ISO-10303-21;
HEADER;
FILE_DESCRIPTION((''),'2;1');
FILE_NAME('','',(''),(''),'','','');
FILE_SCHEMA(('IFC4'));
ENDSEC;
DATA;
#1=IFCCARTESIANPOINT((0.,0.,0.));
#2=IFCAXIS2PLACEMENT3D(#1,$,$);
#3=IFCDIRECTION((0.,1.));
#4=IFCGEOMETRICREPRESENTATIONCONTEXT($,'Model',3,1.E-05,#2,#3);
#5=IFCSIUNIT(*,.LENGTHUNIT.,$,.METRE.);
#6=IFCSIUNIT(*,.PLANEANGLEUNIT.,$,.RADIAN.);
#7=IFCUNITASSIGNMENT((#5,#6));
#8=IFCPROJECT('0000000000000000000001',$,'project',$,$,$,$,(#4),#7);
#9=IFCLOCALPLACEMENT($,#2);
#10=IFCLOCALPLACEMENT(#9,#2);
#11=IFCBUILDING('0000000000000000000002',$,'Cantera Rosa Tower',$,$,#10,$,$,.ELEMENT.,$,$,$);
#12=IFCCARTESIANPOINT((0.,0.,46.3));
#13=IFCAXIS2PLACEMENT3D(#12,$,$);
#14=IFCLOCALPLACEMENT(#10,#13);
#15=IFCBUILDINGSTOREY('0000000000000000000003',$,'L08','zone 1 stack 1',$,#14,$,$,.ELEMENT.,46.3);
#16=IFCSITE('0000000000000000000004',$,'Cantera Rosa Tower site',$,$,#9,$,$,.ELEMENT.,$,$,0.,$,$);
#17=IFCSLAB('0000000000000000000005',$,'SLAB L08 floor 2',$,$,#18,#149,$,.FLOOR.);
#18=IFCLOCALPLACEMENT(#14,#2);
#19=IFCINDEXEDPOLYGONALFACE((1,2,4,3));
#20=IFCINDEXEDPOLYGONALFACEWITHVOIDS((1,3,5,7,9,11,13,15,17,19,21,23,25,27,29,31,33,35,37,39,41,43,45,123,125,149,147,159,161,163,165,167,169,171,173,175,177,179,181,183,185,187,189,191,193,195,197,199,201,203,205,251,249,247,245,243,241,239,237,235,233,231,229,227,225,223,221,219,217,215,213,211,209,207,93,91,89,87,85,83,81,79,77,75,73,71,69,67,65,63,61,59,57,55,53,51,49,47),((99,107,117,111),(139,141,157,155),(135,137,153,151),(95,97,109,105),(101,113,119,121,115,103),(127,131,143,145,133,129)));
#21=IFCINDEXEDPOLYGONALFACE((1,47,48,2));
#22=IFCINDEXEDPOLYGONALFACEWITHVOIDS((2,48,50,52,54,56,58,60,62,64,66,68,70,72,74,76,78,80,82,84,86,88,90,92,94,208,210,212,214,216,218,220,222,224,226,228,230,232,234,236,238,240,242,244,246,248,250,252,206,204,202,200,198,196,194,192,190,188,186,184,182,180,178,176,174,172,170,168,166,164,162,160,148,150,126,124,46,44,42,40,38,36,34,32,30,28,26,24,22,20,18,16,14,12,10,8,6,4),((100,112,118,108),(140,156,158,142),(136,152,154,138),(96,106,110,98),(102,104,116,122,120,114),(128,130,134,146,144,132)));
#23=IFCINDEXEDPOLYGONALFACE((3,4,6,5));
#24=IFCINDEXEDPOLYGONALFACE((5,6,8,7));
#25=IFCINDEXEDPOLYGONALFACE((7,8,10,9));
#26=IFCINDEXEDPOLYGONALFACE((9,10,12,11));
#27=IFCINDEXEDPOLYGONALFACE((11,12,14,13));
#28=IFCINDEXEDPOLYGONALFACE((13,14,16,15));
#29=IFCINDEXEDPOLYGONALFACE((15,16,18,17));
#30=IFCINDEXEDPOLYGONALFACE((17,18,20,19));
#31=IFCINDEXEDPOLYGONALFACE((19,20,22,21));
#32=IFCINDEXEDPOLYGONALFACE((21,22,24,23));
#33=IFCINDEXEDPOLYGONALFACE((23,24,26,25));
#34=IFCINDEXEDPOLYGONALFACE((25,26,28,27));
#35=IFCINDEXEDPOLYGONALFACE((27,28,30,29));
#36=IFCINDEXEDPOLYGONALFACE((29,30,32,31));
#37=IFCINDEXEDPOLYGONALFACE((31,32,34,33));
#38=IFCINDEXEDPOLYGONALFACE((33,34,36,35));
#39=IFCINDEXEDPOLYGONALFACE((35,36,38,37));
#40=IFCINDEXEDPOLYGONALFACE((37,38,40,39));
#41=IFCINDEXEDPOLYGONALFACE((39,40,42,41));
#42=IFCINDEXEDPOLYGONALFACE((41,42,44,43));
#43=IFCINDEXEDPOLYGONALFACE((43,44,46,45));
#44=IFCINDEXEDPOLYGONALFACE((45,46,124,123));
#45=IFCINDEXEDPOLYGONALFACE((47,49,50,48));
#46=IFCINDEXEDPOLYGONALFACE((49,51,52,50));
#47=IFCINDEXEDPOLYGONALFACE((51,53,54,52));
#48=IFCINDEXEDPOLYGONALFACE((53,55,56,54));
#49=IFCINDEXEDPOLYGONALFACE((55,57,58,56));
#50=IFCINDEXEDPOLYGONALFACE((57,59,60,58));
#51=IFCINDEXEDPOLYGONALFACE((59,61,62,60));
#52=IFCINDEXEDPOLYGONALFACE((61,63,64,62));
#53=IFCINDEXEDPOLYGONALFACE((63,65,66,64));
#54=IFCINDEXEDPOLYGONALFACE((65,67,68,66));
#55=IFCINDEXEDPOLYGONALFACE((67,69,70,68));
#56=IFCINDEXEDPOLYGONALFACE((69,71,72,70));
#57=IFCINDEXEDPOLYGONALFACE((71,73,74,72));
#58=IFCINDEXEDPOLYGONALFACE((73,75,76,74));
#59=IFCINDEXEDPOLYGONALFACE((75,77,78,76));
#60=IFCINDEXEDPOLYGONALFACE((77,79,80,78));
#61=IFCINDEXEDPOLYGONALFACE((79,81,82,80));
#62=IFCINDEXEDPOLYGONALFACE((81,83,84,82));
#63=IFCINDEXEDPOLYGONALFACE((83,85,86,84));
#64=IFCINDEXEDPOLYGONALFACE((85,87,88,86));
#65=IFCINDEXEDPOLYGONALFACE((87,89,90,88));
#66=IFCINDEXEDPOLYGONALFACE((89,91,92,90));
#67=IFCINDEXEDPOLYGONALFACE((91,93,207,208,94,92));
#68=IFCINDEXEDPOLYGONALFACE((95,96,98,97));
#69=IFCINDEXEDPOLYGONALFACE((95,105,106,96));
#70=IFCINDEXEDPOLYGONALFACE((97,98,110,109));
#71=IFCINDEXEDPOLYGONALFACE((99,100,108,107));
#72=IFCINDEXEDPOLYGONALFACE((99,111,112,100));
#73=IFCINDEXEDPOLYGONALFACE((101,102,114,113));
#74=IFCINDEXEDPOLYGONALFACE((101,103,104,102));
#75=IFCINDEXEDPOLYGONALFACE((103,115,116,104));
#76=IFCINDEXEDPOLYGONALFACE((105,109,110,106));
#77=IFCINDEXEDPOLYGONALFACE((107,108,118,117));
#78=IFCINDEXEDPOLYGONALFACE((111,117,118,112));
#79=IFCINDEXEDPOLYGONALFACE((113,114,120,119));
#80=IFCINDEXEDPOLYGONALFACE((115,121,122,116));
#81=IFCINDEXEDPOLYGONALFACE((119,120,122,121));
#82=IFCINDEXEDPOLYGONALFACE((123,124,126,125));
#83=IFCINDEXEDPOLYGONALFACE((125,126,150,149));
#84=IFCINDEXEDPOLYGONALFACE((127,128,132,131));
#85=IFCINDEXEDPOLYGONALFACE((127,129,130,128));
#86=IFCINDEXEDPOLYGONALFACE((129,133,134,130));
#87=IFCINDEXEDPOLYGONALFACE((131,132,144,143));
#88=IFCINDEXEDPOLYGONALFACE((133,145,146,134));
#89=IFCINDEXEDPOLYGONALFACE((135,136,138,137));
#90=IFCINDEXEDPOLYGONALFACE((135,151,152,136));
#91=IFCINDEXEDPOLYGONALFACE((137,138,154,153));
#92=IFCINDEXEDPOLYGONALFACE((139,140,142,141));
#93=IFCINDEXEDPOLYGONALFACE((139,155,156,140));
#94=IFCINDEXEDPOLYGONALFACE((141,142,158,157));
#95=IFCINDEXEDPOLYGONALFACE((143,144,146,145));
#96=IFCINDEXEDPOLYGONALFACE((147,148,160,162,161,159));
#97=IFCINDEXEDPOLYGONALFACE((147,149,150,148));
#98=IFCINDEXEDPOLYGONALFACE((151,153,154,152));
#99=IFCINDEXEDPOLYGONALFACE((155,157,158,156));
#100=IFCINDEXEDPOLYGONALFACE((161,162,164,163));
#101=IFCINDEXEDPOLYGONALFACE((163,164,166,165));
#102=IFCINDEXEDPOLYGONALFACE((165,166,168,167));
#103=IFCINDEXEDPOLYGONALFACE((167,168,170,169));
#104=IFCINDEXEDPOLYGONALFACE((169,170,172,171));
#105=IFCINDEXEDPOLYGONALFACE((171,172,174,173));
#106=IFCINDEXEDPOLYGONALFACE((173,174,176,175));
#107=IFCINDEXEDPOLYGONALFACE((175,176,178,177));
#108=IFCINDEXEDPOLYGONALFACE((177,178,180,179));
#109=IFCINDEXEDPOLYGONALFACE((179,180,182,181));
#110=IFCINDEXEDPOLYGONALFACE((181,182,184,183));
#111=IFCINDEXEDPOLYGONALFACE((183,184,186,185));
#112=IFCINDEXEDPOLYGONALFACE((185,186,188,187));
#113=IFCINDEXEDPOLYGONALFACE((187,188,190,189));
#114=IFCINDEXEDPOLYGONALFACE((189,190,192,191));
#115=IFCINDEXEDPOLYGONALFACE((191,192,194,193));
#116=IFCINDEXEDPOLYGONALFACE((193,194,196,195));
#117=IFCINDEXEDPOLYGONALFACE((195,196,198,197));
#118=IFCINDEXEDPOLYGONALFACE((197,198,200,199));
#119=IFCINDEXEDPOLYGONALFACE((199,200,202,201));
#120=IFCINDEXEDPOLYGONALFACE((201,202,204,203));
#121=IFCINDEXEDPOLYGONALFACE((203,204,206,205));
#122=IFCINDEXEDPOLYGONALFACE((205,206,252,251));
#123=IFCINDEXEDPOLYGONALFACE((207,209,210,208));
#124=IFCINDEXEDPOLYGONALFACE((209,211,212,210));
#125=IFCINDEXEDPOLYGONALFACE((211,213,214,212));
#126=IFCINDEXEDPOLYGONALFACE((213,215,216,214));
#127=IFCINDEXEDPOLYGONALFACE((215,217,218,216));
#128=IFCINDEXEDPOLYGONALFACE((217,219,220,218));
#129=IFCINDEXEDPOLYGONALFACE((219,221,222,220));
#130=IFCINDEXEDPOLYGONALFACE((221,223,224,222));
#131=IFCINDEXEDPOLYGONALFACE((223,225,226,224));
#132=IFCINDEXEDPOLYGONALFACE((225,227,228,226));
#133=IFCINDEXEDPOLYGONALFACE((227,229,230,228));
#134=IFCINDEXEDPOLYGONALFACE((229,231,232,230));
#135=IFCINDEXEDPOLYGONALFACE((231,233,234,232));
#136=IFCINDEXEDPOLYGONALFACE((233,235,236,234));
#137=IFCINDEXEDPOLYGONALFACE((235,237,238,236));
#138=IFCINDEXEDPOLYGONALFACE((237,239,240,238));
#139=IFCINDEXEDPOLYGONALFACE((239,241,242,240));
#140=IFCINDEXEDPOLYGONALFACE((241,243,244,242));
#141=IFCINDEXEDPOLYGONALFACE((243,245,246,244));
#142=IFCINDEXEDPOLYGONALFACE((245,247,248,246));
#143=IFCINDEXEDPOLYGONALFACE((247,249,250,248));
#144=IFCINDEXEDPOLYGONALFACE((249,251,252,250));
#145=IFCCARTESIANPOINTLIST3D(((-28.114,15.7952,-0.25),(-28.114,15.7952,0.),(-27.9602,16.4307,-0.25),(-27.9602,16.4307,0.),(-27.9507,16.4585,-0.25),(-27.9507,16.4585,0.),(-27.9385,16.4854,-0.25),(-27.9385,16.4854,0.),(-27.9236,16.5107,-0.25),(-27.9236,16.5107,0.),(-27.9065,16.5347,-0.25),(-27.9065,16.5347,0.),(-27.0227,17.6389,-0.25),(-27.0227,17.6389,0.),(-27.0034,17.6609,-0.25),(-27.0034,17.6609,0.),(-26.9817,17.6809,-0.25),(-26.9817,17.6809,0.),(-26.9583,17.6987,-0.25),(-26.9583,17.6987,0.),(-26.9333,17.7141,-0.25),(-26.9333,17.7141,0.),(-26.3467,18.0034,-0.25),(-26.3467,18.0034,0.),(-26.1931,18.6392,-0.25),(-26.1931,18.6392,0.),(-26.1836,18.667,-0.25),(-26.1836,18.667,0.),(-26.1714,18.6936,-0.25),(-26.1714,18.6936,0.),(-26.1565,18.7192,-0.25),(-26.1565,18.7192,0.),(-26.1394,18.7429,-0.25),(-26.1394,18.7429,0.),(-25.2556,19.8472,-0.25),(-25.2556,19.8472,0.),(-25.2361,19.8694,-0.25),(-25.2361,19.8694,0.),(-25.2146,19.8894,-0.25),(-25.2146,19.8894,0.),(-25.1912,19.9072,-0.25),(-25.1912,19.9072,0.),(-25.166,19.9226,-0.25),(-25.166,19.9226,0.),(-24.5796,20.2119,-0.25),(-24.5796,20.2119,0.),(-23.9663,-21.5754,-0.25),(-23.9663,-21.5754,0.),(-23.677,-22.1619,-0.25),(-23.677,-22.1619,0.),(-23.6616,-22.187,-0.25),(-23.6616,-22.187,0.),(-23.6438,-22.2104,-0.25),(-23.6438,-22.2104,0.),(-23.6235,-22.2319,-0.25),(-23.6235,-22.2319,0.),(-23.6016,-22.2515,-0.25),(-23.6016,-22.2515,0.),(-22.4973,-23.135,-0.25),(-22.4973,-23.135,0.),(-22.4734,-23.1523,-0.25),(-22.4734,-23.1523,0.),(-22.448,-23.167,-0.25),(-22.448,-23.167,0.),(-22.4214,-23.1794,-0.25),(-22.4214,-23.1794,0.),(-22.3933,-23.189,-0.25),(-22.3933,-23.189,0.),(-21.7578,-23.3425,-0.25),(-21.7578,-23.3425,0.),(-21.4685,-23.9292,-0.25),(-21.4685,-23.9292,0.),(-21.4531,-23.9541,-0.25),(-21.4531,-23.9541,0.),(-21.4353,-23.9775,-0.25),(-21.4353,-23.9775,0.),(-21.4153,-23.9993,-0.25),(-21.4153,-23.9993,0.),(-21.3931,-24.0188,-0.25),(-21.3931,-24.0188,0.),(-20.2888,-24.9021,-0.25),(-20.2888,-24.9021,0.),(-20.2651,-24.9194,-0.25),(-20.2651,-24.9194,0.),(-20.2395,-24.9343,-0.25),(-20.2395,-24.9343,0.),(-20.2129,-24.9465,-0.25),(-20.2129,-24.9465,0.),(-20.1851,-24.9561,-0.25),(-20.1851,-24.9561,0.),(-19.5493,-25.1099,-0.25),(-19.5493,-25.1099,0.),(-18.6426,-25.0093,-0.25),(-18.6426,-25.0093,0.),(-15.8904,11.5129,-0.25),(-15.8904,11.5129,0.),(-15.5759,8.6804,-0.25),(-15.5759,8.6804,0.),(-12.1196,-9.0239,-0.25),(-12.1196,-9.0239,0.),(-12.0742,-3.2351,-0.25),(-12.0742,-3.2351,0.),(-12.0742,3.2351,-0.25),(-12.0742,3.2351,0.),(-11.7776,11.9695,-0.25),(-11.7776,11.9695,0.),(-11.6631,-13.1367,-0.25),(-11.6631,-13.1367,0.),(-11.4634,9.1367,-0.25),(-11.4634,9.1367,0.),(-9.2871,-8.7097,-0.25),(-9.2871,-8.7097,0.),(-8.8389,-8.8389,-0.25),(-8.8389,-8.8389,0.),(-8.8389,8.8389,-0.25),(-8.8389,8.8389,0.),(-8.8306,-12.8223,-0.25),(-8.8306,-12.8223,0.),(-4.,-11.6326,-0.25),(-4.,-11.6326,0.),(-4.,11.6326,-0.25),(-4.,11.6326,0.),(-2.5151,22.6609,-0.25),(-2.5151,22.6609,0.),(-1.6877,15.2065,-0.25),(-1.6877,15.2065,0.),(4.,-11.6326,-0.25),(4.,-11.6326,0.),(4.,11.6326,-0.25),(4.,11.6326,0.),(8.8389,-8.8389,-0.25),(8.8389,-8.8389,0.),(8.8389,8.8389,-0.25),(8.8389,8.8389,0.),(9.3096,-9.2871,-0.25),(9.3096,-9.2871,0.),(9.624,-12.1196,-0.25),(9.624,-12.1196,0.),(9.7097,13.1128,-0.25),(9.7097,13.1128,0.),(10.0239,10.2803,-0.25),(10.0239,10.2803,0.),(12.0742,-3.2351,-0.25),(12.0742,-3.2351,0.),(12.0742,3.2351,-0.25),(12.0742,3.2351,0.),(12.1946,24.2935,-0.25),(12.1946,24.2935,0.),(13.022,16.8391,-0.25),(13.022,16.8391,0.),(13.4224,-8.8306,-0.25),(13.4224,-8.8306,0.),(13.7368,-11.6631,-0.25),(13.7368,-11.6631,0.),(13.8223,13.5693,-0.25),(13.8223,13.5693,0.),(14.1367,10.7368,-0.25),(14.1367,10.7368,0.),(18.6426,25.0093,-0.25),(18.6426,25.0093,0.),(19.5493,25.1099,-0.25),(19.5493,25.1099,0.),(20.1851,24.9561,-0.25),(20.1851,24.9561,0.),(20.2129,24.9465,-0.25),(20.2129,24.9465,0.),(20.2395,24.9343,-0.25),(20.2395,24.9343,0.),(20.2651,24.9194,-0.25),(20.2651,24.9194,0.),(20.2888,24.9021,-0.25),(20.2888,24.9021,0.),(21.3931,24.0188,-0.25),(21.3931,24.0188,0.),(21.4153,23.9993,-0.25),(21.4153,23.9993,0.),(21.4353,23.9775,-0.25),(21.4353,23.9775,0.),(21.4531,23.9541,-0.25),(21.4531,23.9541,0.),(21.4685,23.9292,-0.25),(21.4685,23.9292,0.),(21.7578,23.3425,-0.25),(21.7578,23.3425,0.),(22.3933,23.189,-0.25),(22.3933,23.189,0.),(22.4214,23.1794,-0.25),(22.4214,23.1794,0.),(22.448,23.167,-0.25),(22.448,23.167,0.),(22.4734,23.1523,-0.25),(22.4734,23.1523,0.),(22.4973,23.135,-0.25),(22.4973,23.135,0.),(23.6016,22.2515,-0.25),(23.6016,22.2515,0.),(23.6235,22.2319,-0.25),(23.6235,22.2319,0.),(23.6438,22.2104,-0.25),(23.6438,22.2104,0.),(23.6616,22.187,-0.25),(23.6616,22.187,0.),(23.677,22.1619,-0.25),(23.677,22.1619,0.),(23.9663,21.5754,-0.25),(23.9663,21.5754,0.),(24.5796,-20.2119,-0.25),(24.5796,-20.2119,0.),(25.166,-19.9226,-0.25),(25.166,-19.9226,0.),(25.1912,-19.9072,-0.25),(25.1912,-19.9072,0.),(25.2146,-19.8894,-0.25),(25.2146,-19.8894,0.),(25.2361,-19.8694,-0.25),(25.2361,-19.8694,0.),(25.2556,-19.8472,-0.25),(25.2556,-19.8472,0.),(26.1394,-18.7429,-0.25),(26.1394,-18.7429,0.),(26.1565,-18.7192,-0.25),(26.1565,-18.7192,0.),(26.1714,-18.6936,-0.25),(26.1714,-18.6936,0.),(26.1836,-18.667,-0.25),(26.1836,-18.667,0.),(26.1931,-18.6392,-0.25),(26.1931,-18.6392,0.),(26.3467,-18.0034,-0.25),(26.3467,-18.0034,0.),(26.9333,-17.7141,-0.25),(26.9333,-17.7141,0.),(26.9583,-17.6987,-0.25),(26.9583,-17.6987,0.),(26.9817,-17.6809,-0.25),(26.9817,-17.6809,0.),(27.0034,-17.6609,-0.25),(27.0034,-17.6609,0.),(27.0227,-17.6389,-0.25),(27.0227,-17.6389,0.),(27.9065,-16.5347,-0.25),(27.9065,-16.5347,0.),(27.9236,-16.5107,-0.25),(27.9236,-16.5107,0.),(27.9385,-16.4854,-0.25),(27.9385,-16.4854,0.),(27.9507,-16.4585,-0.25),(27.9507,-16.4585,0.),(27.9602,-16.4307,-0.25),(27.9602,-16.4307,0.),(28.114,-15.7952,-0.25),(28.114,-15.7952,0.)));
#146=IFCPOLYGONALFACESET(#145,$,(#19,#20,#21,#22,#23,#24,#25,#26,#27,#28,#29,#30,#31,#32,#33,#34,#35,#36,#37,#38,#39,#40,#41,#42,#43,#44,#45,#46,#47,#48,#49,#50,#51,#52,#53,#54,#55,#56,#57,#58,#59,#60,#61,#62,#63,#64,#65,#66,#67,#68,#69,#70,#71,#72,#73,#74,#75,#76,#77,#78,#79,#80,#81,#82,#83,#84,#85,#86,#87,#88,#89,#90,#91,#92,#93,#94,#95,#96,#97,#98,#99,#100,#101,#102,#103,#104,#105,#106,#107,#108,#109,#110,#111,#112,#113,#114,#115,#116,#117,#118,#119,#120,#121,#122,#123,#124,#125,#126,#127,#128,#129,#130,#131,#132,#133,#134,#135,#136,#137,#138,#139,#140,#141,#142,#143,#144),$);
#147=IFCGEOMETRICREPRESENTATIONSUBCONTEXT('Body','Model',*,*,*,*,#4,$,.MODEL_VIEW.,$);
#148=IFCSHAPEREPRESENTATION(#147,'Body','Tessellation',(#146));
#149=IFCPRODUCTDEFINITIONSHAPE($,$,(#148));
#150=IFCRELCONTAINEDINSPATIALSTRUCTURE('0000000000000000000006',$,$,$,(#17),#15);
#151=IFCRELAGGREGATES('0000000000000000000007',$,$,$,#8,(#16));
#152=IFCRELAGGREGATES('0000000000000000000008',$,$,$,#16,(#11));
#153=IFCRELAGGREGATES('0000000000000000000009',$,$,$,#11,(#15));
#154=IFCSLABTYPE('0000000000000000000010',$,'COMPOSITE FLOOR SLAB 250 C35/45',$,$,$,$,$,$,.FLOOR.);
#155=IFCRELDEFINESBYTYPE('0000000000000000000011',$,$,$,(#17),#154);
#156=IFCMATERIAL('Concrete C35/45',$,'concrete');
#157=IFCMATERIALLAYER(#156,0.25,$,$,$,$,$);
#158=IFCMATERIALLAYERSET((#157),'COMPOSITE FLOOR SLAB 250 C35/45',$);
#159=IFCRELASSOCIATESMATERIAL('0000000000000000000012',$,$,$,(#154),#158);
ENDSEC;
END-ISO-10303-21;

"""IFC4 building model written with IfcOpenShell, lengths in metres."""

from ifc_helpers import new_model, si_unit, direction, frame, origin, place, context, subcontext, project, spatial, polyline, outline, extrude, material, layer, layer_set, type_object, element, save


model = new_model("IFC4")

# Units and contexts
model_context = context("Model", 3, precision=1e-05, world=origin(), true_north=direction((0.0, 1.0)))
body_context = subcontext(model_context, "Body", "Model", "MODEL_VIEW")
ifc_project = project(units=[si_unit("LENGTHUNIT", "METRE"), si_unit("PLANEANGLEUNIT", "RADIAN")], contexts=[model_context])

# Site, building, storey
site_placement = place(None, origin())
site = spatial("IfcSite", under=ifc_project, at=site_placement, Name="Cantera Rosa Tower site", CompositionType="ELEMENT", RefElevation=0.0)
building_placement = place(site_placement, origin())
building = spatial("IfcBuilding", under=site, at=building_placement, Name="Cantera Rosa Tower", CompositionType="ELEMENT")
storey_placement = place(building_placement, frame((0.0, 0.0, 46.3)))
storey = spatial("IfcBuildingStorey", under=building, at=storey_placement, Name="L08", Description="zone 1 stack 1", CompositionType="ELEMENT", Elevation=46.3)

# Slab
ifc_material_1 = material(Name="Concrete C35/45", Category="concrete")
ifc_layer_1 = layer(ifc_material_1, 0.25)
ifc_layer_set_1 = layer_set([ifc_layer_1], Name="COMPOSITE FLOOR SLAB 250 C35/45")
slab_type_1 = type_object("IfcSlabType", Name="COMPOSITE FLOOR SLAB 250 C35/45", PredefinedType="FLOOR", material=ifc_layer_set_1)
slab_1_placement = place(storey_placement, frame((0.0, 0.0, -0.25)))
element("IfcSlab", 1, at=slab_1_placement, inside=storey, type_object=slab_type_1, Name="SLAB L08 floor 2", PredefinedType="FLOOR", context=body_context, shape_type="SweptSolid", body=[
    extrude(outline(polyline([(-20.2888, -24.9021), (-21.3931, -24.0188), (-21.4153, -23.9993), (-21.4353, -23.9775), (-21.4531, -23.9541), (-21.4685, -23.9292), (-21.7578, -23.3425), (-22.3933, -23.189), (-22.4214, -23.1794), (-22.448, -23.167), (-22.4734, -23.1523), (-22.4973, -23.135), (-23.6016, -22.2515), (-23.6235, -22.2319), (-23.6438, -22.2104), (-23.6616, -22.187), (-23.677, -22.1619), (-23.9663, -21.5754), (-28.114, 15.7952), (-27.9602, 16.4307), (-27.9507, 16.4585), (-27.9385, 16.4854), (-27.9236, 16.5107), (-27.9065, 16.5347), (-27.0227, 17.6389), (-27.0034, 17.6609), (-26.9817, 17.6809), (-26.9583, 17.6987), (-26.9333, 17.7141), (-26.3467, 18.0034), (-26.1931, 18.6392), (-26.1836, 18.667), (-26.1714, 18.6936), (-26.1565, 18.7192), (-26.1394, 18.7429), (-25.2556, 19.8472), (-25.2361, 19.8694), (-25.2146, 19.8894), (-25.1912, 19.9072), (-25.166, 19.9226), (-24.5796, 20.2119), (-2.5151, 22.6609), (-1.6877, 15.2065), (13.022, 16.8391), (12.1946, 24.2935), (18.6426, 25.0093), (19.5493, 25.1099), (20.1851, 24.9561), (20.2129, 24.9465), (20.2395, 24.9343), (20.2651, 24.9194), (20.2888, 24.9021), (21.3931, 24.0188), (21.4153, 23.9993), (21.4353, 23.9775), (21.4531, 23.9541), (21.4685, 23.9292), (21.7578, 23.3425), (22.3933, 23.189), (22.4214, 23.1794), (22.448, 23.167), (22.4734, 23.1523), (22.4973, 23.135), (23.6016, 22.2515), (23.6235, 22.2319), (23.6438, 22.2104), (23.6616, 22.187), (23.677, 22.1619), (23.9663, 21.5754), (28.114, -15.7952), (27.9602, -16.4307), (27.9507, -16.4585), (27.9385, -16.4854), (27.9236, -16.5107), (27.9065, -16.5347), (27.0227, -17.6389), (27.0034, -17.6609), (26.9817, -17.6809), (26.9583, -17.6987), (26.9333, -17.7141), (26.3467, -18.0034), (26.1931, -18.6392), (26.1836, -18.667), (26.1714, -18.6936), (26.1565, -18.7192), (26.1394, -18.7429), (25.2556, -19.8472), (25.2361, -19.8694), (25.2146, -19.8894), (25.1912, -19.9072), (25.166, -19.9226), (24.5796, -20.2119), (-18.6426, -25.0093), (-19.5493, -25.1099), (-20.1851, -24.9561), (-20.2129, -24.9465), (-20.2395, -24.9343), (-20.2651, -24.9194), (-20.2888, -24.9021)]), holes=[polyline([(-8.8306, -12.8223), (-9.2871, -8.7097), (-12.1196, -9.0239), (-11.6631, -13.1367), (-8.8306, -12.8223)]), polyline([(-8.8389, 8.8389), (-12.0742, 3.2351), (-12.0742, -3.2351), (-8.8389, -8.8389), (-4.0, -11.6326), (-4.0, 11.6326), (-8.8389, 8.8389)]), polyline([(-11.4634, 9.1367), (-11.7776, 11.9695), (-15.8904, 11.5129), (-15.5759, 8.6804), (-11.4634, 9.1367)]), polyline([(13.4224, -8.8306), (9.3096, -9.2871), (9.624, -12.1196), (13.7368, -11.6631), (13.4224, -8.8306)]), polyline([(4.0, -11.6326), (8.8389, -8.8389), (12.0742, -3.2351), (12.0742, 3.2351), (8.8389, 8.8389), (4.0, 11.6326), (4.0, -11.6326)]), polyline([(14.1367, 10.7368), (13.8223, 13.5693), (9.7097, 13.1128), (10.0239, 10.2803), (14.1367, 10.7368)])]), origin(), (0.0, 0.0, 1.0), 0.25),
])

save(model, "model.ifc")
